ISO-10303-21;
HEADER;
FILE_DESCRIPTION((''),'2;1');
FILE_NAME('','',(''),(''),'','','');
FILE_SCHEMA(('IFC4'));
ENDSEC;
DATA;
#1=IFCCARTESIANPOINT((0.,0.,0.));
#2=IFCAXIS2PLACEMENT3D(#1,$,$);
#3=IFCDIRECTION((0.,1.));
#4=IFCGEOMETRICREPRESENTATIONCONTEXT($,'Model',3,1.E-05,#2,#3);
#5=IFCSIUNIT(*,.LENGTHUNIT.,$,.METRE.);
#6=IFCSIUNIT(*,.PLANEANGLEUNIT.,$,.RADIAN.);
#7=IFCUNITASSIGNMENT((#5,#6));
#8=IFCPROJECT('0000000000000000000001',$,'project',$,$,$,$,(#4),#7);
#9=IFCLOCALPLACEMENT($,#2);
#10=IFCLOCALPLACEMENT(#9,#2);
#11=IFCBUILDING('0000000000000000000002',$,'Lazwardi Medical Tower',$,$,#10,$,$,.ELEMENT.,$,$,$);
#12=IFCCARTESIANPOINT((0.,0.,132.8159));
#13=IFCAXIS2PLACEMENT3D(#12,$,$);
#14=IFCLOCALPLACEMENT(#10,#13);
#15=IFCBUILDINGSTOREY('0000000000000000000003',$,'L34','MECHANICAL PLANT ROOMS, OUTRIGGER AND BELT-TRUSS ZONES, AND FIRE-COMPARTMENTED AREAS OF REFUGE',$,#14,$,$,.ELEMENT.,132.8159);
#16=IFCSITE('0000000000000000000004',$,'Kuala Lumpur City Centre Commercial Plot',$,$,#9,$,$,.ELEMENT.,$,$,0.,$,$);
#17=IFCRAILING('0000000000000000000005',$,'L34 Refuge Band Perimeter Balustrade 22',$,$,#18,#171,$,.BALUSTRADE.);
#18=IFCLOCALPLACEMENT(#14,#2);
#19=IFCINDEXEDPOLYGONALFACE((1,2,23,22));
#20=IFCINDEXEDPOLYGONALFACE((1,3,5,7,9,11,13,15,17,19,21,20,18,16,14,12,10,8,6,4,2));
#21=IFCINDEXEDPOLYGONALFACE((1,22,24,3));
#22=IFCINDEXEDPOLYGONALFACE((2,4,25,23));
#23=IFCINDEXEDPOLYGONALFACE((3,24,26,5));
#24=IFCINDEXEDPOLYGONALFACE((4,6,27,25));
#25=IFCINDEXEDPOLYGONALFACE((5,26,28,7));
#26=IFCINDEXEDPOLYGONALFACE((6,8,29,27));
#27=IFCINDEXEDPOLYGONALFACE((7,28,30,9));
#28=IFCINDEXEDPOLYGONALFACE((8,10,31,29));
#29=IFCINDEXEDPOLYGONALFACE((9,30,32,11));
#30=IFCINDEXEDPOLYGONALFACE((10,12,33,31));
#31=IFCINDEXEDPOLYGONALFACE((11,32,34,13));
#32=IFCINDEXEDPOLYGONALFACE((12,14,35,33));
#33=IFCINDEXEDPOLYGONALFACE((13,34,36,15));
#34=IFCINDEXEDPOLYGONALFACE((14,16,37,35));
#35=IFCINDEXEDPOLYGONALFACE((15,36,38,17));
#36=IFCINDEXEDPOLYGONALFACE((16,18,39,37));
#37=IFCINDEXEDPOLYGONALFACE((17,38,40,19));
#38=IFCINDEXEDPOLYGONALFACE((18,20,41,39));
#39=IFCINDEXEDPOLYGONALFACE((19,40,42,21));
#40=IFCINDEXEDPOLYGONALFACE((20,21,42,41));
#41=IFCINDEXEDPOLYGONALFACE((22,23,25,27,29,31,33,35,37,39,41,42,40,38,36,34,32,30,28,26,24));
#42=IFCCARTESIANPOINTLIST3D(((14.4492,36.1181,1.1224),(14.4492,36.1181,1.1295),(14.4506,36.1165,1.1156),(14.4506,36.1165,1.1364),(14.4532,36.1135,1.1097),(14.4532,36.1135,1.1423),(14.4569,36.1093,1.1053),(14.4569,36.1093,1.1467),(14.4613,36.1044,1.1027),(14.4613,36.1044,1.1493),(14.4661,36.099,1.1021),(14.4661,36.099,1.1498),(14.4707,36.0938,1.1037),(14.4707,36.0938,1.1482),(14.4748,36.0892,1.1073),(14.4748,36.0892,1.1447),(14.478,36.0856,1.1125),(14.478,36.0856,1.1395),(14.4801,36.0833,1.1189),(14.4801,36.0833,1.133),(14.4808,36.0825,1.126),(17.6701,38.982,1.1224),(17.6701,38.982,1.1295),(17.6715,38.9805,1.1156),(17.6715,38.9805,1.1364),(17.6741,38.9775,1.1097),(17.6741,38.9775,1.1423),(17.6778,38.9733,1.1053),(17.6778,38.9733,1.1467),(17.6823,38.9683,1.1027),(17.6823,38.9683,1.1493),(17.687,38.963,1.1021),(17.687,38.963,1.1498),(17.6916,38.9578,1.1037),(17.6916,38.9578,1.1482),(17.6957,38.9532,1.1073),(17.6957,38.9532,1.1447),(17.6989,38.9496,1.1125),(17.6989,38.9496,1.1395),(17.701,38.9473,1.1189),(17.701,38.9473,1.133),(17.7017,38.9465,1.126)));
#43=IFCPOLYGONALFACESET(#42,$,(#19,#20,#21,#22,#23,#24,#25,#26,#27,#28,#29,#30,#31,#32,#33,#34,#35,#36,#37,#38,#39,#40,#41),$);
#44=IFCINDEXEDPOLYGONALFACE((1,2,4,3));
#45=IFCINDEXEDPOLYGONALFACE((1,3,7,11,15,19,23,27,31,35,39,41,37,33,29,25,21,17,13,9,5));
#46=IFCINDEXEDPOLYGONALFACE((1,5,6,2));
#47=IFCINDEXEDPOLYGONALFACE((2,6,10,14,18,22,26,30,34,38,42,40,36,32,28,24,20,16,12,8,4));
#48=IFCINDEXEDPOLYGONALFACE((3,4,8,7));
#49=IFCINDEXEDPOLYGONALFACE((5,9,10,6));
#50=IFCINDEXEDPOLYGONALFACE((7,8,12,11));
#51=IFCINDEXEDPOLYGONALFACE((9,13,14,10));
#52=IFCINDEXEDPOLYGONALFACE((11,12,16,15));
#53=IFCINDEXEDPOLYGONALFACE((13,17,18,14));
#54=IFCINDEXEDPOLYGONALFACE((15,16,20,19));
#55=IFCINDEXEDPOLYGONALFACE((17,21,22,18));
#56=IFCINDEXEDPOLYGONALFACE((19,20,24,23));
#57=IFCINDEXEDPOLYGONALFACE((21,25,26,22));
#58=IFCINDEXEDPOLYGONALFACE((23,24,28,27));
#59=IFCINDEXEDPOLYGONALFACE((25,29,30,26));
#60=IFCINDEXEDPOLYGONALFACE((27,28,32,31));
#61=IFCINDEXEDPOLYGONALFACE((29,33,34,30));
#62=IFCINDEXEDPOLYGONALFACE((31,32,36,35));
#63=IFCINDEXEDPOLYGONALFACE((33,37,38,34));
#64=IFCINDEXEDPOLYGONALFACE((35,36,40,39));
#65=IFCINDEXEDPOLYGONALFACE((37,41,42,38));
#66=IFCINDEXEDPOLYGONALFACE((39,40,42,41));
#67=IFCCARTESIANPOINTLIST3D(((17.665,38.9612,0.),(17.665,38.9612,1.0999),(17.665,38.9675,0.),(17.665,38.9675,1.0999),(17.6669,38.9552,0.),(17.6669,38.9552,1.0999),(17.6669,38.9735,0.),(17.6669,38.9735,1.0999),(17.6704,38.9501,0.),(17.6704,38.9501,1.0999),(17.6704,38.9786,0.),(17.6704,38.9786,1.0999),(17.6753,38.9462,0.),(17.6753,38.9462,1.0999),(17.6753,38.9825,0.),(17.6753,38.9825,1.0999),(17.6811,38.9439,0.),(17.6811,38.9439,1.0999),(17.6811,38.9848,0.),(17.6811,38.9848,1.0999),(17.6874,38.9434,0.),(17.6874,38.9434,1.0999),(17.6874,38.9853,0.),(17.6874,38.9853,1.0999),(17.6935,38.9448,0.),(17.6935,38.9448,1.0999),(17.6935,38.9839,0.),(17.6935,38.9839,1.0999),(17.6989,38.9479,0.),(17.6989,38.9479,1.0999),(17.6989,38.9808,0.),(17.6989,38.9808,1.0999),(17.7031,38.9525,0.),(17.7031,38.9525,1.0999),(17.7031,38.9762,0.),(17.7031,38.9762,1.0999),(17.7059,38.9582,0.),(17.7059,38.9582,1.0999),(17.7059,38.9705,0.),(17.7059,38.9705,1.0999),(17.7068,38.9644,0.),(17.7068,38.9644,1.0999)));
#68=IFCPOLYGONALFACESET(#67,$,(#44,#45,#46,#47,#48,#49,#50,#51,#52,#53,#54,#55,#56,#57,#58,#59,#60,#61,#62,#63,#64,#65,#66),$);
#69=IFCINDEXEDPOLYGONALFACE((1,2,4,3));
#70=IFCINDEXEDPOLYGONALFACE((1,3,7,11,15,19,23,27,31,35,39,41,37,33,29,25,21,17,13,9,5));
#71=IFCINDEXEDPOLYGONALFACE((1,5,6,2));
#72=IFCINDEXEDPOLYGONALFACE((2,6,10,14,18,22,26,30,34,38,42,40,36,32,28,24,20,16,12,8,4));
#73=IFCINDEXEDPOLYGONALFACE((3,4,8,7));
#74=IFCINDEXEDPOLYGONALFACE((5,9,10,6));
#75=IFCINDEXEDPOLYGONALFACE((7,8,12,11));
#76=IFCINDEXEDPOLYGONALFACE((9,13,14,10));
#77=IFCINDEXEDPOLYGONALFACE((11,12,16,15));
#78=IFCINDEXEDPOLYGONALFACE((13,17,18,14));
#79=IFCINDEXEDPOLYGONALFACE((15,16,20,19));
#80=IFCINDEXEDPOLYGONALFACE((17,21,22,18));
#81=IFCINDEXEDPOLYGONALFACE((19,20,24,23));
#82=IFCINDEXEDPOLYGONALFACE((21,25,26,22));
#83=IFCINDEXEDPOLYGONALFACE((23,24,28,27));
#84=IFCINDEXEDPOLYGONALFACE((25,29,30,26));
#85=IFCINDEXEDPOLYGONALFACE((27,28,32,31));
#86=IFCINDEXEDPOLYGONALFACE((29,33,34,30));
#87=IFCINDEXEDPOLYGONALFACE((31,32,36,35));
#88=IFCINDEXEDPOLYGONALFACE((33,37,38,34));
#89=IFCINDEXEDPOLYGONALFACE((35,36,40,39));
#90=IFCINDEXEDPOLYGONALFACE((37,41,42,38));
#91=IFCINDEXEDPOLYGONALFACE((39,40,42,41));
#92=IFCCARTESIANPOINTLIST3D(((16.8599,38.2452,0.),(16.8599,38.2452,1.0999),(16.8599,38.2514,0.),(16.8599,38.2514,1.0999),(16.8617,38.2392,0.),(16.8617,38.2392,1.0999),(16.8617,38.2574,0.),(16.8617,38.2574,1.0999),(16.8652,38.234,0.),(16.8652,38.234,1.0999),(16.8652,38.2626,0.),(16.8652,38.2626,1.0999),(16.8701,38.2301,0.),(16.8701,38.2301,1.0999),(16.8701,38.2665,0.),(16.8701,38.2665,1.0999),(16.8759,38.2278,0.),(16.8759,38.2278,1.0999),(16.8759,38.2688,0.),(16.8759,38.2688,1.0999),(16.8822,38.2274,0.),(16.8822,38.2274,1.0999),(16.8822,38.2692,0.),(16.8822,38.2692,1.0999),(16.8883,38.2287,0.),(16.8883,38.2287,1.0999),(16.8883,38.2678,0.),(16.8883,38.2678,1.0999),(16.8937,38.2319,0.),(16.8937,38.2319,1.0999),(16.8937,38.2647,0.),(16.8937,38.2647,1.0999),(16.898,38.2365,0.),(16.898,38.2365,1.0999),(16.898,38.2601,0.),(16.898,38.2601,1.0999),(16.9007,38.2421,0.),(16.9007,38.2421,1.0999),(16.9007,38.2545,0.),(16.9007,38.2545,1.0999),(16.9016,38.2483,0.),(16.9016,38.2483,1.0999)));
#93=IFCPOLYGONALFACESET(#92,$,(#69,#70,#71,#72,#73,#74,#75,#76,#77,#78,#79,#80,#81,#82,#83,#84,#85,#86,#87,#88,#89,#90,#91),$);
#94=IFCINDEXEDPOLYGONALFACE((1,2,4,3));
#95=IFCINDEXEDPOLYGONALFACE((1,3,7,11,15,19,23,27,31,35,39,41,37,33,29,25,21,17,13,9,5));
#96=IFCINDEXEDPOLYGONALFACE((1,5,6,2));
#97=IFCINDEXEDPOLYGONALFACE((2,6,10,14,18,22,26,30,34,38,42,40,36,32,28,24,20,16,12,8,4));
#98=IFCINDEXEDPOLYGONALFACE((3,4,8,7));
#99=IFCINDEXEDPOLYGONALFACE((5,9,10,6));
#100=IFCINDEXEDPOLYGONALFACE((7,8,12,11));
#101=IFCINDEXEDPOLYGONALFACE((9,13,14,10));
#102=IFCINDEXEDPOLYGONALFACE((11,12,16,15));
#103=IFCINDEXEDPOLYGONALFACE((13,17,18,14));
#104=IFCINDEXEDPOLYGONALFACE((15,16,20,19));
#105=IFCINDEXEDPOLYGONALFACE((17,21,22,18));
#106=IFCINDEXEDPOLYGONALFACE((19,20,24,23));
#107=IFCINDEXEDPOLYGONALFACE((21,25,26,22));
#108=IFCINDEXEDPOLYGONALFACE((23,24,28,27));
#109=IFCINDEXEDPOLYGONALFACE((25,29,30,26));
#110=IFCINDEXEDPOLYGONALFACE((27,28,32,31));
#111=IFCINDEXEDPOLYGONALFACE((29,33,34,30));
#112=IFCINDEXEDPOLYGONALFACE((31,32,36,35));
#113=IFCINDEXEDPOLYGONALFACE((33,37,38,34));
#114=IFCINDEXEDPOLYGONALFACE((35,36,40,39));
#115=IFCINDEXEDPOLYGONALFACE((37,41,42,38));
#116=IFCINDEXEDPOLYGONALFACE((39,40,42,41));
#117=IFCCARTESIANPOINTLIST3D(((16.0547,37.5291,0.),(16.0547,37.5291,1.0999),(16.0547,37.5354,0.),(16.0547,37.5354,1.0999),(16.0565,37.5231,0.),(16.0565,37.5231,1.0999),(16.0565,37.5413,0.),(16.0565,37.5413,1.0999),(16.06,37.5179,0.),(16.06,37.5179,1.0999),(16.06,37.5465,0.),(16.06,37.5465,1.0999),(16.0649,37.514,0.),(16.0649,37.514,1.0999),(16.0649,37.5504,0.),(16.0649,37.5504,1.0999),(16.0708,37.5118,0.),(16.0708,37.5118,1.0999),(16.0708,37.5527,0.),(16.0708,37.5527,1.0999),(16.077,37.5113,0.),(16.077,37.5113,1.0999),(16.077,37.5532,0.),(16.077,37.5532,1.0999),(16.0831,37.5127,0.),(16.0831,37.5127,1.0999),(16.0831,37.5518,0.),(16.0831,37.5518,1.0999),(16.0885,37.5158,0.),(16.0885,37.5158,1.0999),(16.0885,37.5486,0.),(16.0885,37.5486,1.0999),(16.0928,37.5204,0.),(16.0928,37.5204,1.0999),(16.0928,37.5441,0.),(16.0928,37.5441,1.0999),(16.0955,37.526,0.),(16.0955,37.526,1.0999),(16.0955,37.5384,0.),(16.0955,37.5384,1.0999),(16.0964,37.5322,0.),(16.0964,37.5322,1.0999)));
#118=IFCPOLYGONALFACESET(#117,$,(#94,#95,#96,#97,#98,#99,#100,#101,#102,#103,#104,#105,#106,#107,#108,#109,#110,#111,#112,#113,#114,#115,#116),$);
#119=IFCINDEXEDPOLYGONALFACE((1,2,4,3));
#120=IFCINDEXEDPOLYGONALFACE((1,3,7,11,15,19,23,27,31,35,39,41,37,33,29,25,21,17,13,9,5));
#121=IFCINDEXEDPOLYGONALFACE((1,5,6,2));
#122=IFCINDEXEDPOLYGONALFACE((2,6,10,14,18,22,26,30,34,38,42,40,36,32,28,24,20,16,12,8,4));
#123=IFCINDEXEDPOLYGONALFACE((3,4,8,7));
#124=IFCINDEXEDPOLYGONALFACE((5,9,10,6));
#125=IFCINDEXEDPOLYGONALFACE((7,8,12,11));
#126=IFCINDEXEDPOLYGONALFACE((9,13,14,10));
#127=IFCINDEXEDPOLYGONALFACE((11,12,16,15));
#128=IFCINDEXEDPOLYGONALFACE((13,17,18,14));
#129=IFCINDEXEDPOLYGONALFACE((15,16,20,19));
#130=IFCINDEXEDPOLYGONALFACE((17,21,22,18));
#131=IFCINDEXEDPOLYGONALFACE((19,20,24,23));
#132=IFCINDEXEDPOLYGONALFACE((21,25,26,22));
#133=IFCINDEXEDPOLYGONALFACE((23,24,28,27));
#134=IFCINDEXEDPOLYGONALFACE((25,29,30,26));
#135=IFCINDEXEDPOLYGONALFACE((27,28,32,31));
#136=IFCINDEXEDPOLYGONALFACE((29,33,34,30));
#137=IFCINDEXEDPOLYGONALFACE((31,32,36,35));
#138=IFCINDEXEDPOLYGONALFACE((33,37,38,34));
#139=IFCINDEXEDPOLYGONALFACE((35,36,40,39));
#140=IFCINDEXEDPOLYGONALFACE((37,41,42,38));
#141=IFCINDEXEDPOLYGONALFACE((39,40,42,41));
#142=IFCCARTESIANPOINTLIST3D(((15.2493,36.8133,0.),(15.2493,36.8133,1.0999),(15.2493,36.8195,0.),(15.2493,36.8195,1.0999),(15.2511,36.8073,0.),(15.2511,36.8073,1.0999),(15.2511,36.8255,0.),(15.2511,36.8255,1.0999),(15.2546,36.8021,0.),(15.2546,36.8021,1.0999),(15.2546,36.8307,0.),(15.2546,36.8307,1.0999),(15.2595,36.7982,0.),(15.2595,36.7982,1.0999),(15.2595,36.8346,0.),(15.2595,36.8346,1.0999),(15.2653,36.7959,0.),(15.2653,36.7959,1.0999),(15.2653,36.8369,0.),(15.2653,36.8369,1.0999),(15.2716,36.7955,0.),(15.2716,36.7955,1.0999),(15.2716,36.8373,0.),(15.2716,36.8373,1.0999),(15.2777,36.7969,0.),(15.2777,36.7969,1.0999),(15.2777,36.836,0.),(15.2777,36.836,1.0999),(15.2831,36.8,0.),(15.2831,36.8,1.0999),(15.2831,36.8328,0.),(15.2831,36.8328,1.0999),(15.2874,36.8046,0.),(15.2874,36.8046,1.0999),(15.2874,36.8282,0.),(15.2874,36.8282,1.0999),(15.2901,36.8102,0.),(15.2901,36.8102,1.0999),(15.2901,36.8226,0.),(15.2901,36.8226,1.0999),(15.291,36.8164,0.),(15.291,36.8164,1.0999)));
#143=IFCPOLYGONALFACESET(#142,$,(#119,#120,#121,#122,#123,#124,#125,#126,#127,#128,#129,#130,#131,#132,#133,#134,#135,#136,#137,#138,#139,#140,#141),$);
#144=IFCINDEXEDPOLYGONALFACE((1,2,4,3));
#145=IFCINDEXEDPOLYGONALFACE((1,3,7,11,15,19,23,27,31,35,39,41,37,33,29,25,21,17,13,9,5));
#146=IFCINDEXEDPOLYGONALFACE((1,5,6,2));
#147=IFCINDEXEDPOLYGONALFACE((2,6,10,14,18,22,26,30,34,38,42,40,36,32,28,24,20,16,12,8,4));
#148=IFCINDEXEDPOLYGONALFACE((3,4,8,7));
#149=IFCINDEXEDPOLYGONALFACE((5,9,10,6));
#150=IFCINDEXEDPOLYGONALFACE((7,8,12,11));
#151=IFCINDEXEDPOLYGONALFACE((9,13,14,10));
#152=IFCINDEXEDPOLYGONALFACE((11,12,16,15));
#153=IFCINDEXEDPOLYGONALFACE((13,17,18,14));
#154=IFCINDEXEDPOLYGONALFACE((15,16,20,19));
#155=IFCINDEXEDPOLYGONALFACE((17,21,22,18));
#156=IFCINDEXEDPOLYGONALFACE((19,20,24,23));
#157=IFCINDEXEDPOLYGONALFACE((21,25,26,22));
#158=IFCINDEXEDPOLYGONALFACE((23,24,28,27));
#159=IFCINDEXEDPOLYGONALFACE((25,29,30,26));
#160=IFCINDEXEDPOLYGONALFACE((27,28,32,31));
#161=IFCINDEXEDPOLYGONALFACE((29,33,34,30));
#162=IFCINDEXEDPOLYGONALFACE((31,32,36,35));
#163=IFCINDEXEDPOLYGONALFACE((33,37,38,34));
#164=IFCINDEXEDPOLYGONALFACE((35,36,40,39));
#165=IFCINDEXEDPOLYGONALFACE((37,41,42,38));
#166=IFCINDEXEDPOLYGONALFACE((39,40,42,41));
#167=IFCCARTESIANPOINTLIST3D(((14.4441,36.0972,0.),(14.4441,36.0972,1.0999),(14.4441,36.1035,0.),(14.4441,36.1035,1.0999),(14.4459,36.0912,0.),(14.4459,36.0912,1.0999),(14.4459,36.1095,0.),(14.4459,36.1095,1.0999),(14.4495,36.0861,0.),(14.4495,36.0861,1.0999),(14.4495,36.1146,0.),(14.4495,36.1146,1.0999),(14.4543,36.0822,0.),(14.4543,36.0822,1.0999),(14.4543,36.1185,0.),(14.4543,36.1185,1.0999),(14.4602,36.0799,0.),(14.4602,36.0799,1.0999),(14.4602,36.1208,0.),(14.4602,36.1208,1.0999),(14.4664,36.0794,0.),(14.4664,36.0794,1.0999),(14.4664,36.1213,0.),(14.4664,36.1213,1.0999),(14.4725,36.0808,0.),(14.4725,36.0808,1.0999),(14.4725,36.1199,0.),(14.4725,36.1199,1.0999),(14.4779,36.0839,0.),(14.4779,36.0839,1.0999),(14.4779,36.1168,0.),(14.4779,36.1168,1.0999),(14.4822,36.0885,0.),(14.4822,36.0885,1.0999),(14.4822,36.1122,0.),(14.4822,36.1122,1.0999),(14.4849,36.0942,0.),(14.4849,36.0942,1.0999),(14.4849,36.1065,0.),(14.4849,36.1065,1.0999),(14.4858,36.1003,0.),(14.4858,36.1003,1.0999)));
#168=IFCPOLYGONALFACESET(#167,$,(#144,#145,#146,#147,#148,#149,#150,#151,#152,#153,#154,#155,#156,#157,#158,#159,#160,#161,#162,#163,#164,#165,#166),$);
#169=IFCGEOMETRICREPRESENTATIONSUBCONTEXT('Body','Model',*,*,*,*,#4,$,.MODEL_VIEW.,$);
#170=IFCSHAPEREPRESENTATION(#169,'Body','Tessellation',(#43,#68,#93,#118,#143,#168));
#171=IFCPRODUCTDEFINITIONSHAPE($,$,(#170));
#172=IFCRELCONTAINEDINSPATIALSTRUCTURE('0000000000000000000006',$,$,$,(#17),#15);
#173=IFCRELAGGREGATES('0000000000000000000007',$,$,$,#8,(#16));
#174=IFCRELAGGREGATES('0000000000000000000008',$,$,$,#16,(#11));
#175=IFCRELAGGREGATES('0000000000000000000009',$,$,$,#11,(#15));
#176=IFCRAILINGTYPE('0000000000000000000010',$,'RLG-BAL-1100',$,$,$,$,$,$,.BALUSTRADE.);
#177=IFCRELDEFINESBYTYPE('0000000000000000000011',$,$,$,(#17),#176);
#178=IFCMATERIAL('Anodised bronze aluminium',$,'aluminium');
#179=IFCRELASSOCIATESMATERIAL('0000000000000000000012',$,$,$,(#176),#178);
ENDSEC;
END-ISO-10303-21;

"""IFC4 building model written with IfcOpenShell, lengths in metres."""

from ifc_helpers import new_model, si_unit, direction, frame, origin, origin_2d, place, context, subcontext, project, spatial, circle, extrude, material, type_object, element, save


model = new_model("IFC4")

# Units and contexts
model_context = context("Model", 3, precision=1e-05, world=origin(), true_north=direction((0.0, 1.0)))
body_context = subcontext(model_context, "Body", "Model", "MODEL_VIEW")
ifc_project = project(units=[si_unit("LENGTHUNIT", "METRE"), si_unit("PLANEANGLEUNIT", "RADIAN")], contexts=[model_context])

# Site, building, storey
site_placement = place(None, origin())
site = spatial("IfcSite", under=ifc_project, at=site_placement, Name="Kuala Lumpur City Centre Commercial Plot", CompositionType="ELEMENT", RefElevation=0.0)
building_placement = place(site_placement, origin())
building = spatial("IfcBuilding", under=site, at=building_placement, Name="Lazwardi Medical Tower", CompositionType="ELEMENT")
storey_placement = place(building_placement, frame((0.0, 0.0, 132.8159)))
storey = spatial("IfcBuildingStorey", under=building, at=storey_placement, Name="L34", Description="MECHANICAL PLANT ROOMS, OUTRIGGER AND BELT-TRUSS ZONES, AND FIRE-COMPARTMENTED AREAS OF REFUGE", CompositionType="ELEMENT", Elevation=132.8159)

# Railing
ifc_material_1 = material(Name="Anodised bronze aluminium", Category="aluminium")
railing_type = type_object("IfcRailingType", Name="RLG-BAL-1100", PredefinedType="BALUSTRADE", material=ifc_material_1)
railing_1_placement = place(storey_placement, frame((17.6858, 38.9644, 0.0)))
element("IfcRailing", 1, at=railing_1_placement, inside=storey, type_object=railing_type, Name="L34 Refuge Band Perimeter Balustrade 22", PredefinedType="BALUSTRADE", context=body_context, shape_type="SweptSolid", body=[
    extrude(circle(Radius=0.0239, at=origin_2d()), frame((0.0, 0.0, 1.126), z_axis=(-0.7473, -0.664487, 0.0), x_axis=(0.664487, -0.7473, 0.0)), (0.0, 0.0, 1.0), 4.3101),
    extrude(circle(Radius=0.021, at=origin_2d()), origin(), (0.0, 0.0, 1.0), 1.0999),
    extrude(circle(Radius=0.021, at=origin_2d()), frame((-0.8052, -0.7161, 0.0)), (0.0, 0.0, 1.0), 1.0999),
    extrude(circle(Radius=0.021, at=origin_2d()), frame((-1.6104, -1.4321, 0.0)), (0.0, 0.0, 1.0), 1.0999),
    extrude(circle(Radius=0.021, at=origin_2d()), frame((-2.4158, -2.1479, 0.0)), (0.0, 0.0, 1.0), 1.0999),
    extrude(circle(Radius=0.021, at=origin_2d()), frame((-3.2209, -2.864, 0.0)), (0.0, 0.0, 1.0), 1.0999),
])

save(model, "model.ifc")
